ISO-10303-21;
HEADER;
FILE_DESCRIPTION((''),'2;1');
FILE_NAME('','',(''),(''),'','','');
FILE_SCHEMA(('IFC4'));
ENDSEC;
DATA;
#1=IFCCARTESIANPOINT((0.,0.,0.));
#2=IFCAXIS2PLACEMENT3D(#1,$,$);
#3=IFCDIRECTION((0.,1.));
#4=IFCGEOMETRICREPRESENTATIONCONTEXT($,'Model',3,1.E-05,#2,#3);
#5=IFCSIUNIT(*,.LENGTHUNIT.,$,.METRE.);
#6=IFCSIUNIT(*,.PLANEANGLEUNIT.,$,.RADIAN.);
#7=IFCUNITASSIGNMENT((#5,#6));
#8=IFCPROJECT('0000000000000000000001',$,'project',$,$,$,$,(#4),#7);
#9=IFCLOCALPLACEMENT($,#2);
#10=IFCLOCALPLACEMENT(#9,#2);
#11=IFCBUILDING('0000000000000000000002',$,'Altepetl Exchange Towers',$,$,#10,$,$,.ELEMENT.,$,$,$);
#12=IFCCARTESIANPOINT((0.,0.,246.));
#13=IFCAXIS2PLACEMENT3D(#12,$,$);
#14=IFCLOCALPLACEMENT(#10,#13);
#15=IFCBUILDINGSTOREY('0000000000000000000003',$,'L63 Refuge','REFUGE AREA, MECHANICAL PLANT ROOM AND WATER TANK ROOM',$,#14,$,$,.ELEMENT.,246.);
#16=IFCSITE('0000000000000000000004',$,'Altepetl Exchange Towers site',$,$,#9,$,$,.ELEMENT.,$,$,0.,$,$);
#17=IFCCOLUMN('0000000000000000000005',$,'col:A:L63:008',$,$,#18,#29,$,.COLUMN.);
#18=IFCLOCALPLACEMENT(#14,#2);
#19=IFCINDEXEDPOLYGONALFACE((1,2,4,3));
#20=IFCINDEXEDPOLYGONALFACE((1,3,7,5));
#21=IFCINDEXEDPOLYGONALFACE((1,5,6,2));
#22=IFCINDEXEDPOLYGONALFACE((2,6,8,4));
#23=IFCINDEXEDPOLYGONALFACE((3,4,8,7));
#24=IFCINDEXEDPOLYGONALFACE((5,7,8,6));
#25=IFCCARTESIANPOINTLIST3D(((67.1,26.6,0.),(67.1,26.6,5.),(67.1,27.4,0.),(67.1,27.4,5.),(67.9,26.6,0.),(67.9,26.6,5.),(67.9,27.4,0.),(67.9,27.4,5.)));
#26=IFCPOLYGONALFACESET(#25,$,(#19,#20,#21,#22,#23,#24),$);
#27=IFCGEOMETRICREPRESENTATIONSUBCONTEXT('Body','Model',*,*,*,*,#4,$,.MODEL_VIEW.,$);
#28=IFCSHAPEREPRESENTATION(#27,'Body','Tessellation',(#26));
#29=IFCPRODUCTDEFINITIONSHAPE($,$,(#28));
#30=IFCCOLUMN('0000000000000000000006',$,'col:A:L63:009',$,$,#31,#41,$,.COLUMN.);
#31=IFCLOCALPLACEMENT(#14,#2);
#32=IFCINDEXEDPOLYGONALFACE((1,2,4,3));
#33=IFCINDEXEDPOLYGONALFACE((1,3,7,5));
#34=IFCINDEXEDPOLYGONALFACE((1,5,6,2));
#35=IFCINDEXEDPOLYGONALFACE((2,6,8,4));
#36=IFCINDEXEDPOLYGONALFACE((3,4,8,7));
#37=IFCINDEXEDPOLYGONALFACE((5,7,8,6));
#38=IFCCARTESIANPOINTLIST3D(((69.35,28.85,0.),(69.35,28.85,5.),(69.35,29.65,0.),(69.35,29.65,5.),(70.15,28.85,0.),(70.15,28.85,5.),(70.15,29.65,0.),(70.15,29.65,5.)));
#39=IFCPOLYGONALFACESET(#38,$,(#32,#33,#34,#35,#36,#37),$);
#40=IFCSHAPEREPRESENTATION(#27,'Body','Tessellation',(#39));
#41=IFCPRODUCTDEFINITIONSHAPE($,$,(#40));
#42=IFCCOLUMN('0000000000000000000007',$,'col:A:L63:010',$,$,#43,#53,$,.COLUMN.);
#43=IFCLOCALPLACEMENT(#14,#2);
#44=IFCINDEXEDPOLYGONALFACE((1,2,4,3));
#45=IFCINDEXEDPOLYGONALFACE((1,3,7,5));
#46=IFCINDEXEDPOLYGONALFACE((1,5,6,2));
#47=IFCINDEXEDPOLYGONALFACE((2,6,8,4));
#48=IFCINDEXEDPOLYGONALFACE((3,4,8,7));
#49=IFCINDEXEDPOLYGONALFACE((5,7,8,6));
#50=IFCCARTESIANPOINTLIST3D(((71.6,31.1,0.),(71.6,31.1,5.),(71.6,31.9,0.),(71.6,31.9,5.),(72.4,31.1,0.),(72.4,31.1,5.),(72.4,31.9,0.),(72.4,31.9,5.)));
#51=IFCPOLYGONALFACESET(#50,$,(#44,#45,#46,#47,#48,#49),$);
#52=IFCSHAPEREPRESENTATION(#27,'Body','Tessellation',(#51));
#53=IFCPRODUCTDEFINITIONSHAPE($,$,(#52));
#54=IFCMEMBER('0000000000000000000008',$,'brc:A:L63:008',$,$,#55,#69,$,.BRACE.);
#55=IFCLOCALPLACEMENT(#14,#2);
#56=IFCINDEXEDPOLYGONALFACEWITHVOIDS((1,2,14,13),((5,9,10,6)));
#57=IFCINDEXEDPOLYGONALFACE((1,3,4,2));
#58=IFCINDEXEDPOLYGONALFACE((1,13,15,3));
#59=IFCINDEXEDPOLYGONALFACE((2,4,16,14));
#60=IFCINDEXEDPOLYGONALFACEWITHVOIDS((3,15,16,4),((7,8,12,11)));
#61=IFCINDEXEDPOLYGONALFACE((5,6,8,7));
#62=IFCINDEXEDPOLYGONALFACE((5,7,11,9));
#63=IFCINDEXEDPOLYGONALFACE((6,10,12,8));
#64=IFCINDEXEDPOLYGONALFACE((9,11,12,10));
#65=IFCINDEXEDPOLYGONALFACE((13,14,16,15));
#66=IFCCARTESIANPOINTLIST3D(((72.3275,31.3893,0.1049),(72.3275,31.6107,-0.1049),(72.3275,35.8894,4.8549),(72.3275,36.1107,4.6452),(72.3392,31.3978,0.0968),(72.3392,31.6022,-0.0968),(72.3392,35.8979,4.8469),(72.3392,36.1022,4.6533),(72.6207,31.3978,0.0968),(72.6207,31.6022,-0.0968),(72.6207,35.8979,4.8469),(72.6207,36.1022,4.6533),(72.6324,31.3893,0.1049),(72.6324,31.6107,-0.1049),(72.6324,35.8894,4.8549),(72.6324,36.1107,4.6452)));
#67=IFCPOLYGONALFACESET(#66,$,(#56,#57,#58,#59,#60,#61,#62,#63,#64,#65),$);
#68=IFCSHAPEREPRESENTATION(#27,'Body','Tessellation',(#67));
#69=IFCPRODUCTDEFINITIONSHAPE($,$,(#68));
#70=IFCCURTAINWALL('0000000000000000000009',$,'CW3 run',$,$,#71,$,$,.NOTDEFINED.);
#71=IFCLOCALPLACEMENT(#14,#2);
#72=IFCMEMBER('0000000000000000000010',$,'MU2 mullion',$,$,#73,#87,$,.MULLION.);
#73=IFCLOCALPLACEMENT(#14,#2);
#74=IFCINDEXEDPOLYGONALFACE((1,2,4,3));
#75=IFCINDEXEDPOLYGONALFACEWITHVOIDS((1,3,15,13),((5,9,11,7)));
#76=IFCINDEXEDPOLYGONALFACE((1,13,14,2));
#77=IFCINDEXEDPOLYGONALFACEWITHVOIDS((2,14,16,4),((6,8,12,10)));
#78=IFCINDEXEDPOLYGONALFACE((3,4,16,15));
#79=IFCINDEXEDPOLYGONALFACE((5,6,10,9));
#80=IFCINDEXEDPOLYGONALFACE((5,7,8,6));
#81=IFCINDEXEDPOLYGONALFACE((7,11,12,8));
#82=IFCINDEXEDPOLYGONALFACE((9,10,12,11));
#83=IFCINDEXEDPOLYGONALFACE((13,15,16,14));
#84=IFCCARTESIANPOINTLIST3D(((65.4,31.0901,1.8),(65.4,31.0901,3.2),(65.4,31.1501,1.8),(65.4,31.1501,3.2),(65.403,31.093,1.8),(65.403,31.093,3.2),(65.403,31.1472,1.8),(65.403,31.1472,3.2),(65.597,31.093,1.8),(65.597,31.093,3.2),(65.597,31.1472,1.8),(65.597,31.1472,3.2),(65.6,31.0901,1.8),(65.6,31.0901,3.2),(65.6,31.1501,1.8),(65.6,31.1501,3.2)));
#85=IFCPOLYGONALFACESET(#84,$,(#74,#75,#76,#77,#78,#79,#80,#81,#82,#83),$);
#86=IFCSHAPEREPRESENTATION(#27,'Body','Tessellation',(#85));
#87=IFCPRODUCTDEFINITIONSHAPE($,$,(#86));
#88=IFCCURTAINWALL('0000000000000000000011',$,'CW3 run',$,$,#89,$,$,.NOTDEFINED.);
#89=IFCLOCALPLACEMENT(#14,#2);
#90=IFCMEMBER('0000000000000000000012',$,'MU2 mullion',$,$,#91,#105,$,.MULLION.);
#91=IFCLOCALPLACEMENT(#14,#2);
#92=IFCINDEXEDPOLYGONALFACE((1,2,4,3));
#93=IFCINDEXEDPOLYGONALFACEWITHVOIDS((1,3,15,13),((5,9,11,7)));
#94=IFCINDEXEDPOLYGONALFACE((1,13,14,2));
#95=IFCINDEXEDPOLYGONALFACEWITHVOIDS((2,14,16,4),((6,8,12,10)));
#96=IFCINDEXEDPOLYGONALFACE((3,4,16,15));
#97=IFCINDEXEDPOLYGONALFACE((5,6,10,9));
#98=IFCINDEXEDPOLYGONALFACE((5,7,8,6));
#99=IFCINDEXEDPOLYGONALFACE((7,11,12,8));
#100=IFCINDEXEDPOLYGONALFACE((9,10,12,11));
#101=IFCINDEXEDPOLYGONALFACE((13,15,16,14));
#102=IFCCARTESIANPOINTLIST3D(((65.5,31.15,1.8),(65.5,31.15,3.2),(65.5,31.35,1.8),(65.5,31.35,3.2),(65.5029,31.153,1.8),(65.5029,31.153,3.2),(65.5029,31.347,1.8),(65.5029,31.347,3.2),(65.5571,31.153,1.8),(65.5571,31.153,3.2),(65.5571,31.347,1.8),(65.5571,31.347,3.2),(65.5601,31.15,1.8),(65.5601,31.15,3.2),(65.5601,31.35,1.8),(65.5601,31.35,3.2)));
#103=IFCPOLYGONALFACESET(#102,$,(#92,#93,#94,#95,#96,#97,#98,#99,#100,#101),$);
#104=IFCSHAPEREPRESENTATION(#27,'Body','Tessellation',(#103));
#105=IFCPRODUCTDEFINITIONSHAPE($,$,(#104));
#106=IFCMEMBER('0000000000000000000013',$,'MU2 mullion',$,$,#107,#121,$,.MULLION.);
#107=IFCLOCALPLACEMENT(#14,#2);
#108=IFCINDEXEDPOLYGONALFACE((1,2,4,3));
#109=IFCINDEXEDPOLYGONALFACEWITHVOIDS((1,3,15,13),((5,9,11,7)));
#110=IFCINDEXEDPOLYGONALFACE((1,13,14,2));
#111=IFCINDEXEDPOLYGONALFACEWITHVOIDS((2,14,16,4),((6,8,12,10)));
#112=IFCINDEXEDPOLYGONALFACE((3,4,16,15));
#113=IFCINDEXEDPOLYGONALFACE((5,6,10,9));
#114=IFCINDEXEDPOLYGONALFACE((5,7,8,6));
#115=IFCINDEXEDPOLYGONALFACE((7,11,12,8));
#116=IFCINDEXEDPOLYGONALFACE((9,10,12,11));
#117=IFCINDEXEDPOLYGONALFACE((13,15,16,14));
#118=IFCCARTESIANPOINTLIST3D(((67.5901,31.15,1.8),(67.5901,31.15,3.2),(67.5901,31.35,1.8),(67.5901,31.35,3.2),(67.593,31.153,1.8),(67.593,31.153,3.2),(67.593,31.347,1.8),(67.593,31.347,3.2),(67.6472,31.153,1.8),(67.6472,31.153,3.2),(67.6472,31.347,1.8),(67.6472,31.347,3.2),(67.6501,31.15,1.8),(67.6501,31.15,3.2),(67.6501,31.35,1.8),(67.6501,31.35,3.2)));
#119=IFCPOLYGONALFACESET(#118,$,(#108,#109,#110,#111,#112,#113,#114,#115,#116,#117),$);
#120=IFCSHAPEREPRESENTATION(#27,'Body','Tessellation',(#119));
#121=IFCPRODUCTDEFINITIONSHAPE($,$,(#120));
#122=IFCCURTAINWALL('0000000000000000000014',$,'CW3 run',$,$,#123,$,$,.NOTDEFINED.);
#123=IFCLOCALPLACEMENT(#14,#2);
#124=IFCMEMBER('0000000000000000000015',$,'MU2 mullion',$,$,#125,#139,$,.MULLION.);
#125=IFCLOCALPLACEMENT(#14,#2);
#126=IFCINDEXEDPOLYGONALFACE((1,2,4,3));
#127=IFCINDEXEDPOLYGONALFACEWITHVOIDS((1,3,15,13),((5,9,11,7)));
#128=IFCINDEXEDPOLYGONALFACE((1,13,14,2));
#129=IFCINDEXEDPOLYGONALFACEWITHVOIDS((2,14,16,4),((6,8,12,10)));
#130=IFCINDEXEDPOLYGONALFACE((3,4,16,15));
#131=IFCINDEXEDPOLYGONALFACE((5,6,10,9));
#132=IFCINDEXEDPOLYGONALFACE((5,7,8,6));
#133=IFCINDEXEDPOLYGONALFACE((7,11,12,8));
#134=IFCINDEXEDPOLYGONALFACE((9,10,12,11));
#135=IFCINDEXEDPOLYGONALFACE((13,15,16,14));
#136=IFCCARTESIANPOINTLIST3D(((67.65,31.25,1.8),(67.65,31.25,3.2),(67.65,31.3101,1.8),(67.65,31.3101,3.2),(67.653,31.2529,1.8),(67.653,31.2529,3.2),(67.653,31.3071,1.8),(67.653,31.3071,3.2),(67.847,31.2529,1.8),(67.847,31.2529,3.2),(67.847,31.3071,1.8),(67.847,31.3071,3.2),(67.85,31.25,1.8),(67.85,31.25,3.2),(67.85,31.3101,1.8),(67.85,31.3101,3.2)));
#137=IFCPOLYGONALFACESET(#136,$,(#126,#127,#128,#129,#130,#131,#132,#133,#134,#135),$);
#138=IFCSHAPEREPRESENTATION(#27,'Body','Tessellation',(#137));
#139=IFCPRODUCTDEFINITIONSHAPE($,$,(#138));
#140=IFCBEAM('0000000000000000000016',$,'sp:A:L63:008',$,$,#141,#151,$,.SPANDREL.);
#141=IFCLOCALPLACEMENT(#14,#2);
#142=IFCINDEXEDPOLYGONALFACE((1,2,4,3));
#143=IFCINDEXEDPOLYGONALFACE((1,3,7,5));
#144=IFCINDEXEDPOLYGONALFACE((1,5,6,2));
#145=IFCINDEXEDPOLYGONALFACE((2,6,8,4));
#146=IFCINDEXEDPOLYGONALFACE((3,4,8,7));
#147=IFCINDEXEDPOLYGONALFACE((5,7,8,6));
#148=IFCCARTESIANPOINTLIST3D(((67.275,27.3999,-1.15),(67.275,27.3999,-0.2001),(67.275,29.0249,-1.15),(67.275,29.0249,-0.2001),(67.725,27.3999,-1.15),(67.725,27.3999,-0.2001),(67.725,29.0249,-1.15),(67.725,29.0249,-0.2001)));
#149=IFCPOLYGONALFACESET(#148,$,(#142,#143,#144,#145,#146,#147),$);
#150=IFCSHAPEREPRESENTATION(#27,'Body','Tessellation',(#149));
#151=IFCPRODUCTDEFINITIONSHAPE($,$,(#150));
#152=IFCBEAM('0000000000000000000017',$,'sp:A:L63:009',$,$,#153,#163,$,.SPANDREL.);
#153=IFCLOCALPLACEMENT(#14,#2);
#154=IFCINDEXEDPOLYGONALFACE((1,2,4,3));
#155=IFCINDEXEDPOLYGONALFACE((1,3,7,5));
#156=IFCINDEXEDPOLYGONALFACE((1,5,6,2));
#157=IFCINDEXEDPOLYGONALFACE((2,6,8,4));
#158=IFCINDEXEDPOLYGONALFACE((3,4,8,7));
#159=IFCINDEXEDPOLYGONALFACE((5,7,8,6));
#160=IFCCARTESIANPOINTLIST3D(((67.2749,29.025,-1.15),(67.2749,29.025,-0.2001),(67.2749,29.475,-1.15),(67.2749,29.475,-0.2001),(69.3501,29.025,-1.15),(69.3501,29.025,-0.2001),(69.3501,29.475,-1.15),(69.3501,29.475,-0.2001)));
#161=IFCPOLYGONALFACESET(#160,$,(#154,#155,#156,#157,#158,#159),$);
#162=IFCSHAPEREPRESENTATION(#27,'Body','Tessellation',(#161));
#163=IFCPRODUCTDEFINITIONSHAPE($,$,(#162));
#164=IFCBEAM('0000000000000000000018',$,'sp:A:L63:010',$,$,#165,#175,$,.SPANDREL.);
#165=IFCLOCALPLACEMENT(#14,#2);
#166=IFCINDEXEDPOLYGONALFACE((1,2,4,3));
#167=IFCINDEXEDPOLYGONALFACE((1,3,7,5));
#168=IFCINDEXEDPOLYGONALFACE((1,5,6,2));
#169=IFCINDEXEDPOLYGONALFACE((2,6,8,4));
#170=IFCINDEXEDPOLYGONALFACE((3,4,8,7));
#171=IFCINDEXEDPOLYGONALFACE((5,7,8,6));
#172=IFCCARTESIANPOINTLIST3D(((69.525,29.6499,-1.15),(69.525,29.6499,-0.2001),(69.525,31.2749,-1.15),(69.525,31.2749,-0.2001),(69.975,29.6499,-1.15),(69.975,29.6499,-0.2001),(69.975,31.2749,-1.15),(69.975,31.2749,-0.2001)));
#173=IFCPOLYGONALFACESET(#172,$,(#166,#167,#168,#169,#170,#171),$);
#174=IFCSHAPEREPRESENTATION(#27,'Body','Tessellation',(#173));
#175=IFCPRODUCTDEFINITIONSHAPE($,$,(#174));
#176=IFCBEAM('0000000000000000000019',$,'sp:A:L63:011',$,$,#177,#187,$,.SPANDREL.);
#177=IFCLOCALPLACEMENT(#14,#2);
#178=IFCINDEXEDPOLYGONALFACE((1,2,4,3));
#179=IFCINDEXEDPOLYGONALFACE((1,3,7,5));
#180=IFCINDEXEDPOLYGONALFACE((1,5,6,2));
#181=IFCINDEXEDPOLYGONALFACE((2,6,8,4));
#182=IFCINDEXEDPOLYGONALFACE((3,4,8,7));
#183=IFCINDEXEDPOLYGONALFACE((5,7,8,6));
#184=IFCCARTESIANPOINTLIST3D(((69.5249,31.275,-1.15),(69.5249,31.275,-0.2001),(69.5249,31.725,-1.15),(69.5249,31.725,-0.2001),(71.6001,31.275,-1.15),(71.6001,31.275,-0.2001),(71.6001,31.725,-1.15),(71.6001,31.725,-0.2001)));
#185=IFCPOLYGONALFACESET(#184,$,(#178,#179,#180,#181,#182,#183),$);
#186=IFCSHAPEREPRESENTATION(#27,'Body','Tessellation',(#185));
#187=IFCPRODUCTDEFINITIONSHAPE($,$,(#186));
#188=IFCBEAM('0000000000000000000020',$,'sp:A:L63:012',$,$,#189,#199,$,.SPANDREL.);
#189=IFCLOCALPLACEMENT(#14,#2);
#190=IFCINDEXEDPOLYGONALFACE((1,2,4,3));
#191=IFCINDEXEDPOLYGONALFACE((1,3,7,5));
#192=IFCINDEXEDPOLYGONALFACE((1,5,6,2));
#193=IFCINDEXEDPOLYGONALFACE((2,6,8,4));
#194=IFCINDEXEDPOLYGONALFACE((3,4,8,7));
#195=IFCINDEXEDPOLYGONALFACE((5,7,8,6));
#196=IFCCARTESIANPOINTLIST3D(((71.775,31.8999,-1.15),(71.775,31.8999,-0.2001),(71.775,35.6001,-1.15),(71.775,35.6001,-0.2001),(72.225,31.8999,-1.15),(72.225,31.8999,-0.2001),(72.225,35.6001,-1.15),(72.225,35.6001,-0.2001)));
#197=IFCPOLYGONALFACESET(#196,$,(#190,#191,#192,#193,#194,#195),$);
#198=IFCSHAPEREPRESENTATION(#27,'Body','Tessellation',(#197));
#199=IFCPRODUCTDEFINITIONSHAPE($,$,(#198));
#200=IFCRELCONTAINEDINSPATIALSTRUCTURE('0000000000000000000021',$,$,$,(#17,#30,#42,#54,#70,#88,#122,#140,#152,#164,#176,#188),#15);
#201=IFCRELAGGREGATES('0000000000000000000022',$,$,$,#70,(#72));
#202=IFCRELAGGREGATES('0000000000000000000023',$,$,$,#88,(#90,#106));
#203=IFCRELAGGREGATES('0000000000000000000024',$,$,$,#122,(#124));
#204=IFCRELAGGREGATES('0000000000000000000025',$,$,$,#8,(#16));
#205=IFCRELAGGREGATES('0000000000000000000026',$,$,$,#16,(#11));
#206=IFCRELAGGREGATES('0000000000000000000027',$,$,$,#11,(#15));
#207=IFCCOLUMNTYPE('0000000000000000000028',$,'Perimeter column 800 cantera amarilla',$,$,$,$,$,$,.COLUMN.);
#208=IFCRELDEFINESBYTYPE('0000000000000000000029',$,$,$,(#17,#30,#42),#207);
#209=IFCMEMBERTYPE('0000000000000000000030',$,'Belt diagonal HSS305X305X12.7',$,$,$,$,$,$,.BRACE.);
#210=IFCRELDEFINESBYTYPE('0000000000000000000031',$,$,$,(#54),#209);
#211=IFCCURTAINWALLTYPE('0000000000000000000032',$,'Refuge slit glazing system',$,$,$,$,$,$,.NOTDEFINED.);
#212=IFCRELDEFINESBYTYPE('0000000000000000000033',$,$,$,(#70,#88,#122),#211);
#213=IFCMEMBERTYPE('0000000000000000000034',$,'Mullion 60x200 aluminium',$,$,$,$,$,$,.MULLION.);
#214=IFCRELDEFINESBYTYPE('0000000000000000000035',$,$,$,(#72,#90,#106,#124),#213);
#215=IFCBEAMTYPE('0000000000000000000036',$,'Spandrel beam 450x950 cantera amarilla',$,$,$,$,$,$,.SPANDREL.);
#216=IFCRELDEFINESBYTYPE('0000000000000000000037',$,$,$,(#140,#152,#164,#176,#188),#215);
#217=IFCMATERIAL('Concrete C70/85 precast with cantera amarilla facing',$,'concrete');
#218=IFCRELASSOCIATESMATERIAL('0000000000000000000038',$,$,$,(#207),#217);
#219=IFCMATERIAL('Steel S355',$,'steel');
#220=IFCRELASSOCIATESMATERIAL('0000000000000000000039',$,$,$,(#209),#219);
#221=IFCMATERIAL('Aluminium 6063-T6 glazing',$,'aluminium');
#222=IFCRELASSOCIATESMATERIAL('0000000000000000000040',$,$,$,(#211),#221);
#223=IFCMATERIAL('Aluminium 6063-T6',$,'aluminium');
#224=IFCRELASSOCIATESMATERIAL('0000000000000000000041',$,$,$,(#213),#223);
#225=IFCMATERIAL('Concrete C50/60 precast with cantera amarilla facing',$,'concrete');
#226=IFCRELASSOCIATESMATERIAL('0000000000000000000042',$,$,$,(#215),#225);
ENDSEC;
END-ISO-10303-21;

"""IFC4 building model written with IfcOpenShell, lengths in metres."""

from ifc_helpers import new_model, si_unit, direction, frame, origin, origin_2d, place, context, subcontext, project, spatial, rectangle, hollow_rectangle, extrude, material, material_profile, profile_set, type_object, element, aggregate, save


model = new_model("IFC4")

# Units and contexts
model_context = context("Model", 3, precision=1e-05, world=origin(), true_north=direction((0.0, 1.0)))
body_context = subcontext(model_context, "Body", "Model", "MODEL_VIEW")
ifc_project = project(units=[si_unit("LENGTHUNIT", "METRE"), si_unit("PLANEANGLEUNIT", "RADIAN")], contexts=[model_context])

# Site, building, storey
site_placement = place(None, origin())
site = spatial("IfcSite", under=ifc_project, at=site_placement, Name="Altepetl Exchange Towers site", CompositionType="ELEMENT", RefElevation=0.0)
building_placement = place(site_placement, origin())
building = spatial("IfcBuilding", under=site, at=building_placement, Name="Altepetl Exchange Towers", CompositionType="ELEMENT")
storey_placement = place(building_placement, frame((0.0, 0.0, 246.0)))
storey = spatial("IfcBuildingStorey", under=building, at=storey_placement, Name="L63 Refuge", Description="REFUGE AREA, MECHANICAL PLANT ROOM AND WATER TANK ROOM", CompositionType="ELEMENT", Elevation=246.0)

# Columns
ifc_material_1 = material(Name="Concrete C70/85 precast with cantera amarilla facing", Category="concrete")
ifc_material_profile_1 = material_profile(ifc_material_1, rectangle(XDim=0.8, YDim=0.8, at=origin_2d()), Name="800 x 800")
ifc_profile_set_1 = profile_set([ifc_material_profile_1], Name="Concrete C70/85 precast with cantera amarilla facing")
column_type = type_object("IfcColumnType", Name="Perimeter column 800 cantera amarilla", PredefinedType="COLUMN", material=ifc_profile_set_1)
for number, where, name in (
    (1, (67.5, 27.0, 0.0), "col:A:L63:008"),
    (2, (69.75, 29.25, 0.0), "col:A:L63:009"),
    (3, (72.0, 31.5, 0.0), "col:A:L63:010"),
):
    element("IfcColumn", number, at=place(storey_placement, frame(where)), inside=storey, type_object=column_type, Name=name, PredefinedType="COLUMN", context=body_context, shape_type="SweptSolid", body=[
        extrude(rectangle(XDim=0.8, YDim=0.8, at=origin_2d()), origin(), (0.0, 0.0, 1.0), 5.0),
    ])

# Member
ifc_material_2 = material(Name="Steel S355", Category="steel")
ifc_material_profile_2 = material_profile(ifc_material_2, hollow_rectangle(XDim=0.3049, YDim=0.3049, WallThickness=0.0117, at=origin_2d()), Name="HSS305X305X12.7")
ifc_profile_set_2 = profile_set([ifc_material_profile_2], Name="Steel S355")
member_type_1 = type_object("IfcMemberType", Name="Belt diagonal HSS305X305X12.7", PredefinedType="BRACE", material=ifc_profile_set_2)
member_1_placement = place(storey_placement, frame((72.48, 31.5, 0.0), z_axis=(0.0, 0.687745, 0.725953), x_axis=(-1.0, 0.0, 0.0)))
element("IfcMember", 4, at=member_1_placement, inside=storey, type_object=member_type_1, Name="brc:A:L63:008", PredefinedType="BRACE", context=body_context, shape_type="SweptSolid", body=[
    extrude(hollow_rectangle(XDim=0.3049, YDim=0.3049, WallThickness=0.0117, at=origin_2d()), origin(), (0.0, 0.0, 1.0), 6.5432),
])

# Curtain wall, member
ifc_material_3 = material(Name="Aluminium 6063-T6 glazing", Category="aluminium")
curtain_wall_type = type_object("IfcCurtainWallType", Name="Refuge slit glazing system", PredefinedType="NOTDEFINED", material=ifc_material_3)
curtain_wall_1_placement = place(storey_placement, origin())
curtain_wall_1 = element("IfcCurtainWall", 5, at=curtain_wall_1_placement, inside=storey, type_object=curtain_wall_type, Name="CW3 run", PredefinedType="NOTDEFINED")
ifc_material_4 = material(Name="Aluminium 6063-T6", Category="aluminium")
ifc_material_profile_3 = material_profile(ifc_material_4, hollow_rectangle(XDim=0.0601, YDim=0.2, WallThickness=0.0029, at=origin_2d()), Name="Mullion 60x200 aluminium")
ifc_profile_set_3 = profile_set([ifc_material_profile_3], Name="Aluminium 6063-T6")
member_type_2 = type_object("IfcMemberType", Name="Mullion 60x200 aluminium", PredefinedType="MULLION", material=ifc_profile_set_3)
member_2_placement = place(storey_placement, frame((65.5, 31.1201, 1.8), z_axis=(0.0, 0.0, 1.0), x_axis=(0.0, 1.0, 0.0)))
member_2 = element("IfcMember", 6, at=member_2_placement, type_object=member_type_2, Name="MU2 mullion", PredefinedType="MULLION", context=body_context, shape_type="SweptSolid", body=[
    extrude(hollow_rectangle(XDim=0.0601, YDim=0.2, WallThickness=0.0029, at=origin_2d()), origin(), (0.0, 0.0, 1.0), 1.3999),
])

# Curtain wall, members
curtain_wall_2_placement = place(storey_placement, origin())
curtain_wall_2 = element("IfcCurtainWall", 7, at=curtain_wall_2_placement, inside=storey, type_object=curtain_wall_type, Name="CW3 run", PredefinedType="NOTDEFINED")
member_3_placement = place(storey_placement, frame((65.53, 31.25, 1.8)))
member_3 = element("IfcMember", 8, at=member_3_placement, type_object=member_type_2, Name="MU2 mullion", PredefinedType="MULLION", context=body_context, shape_type="SweptSolid", body=[
    extrude(hollow_rectangle(XDim=0.0601, YDim=0.2, WallThickness=0.0029, at=origin_2d()), origin(), (0.0, 0.0, 1.0), 1.3999),
])
member_4_placement = place(storey_placement, frame((67.6201, 31.25, 1.8)))
member_4 = element("IfcMember", 9, at=member_4_placement, type_object=member_type_2, Name="MU2 mullion", PredefinedType="MULLION", context=body_context, shape_type="SweptSolid", body=[
    extrude(hollow_rectangle(XDim=0.0601, YDim=0.2, WallThickness=0.0029, at=origin_2d()), origin(), (0.0, 0.0, 1.0), 1.3999),
])

# Curtain wall, member
curtain_wall_3_placement = place(storey_placement, origin())
curtain_wall_3 = element("IfcCurtainWall", 10, at=curtain_wall_3_placement, inside=storey, type_object=curtain_wall_type, Name="CW3 run", PredefinedType="NOTDEFINED")
member_5_placement = place(storey_placement, frame((67.75, 31.28, 1.8), z_axis=(0.0, 0.0, 1.0), x_axis=(0.0, 1.0, 0.0)))
member_5 = element("IfcMember", 11, at=member_5_placement, type_object=member_type_2, Name="MU2 mullion", PredefinedType="MULLION", context=body_context, shape_type="SweptSolid", body=[
    extrude(hollow_rectangle(XDim=0.0601, YDim=0.2, WallThickness=0.0029, at=origin_2d()), origin(), (0.0, 0.0, 1.0), 1.3999),
])

# Beams
ifc_material_5 = material(Name="Concrete C50/60 precast with cantera amarilla facing", Category="concrete")
ifc_material_profile_4 = material_profile(ifc_material_5, rectangle(XDim=0.45, YDim=0.95, at=origin_2d()), Name="450 x 950")
ifc_profile_set_4 = profile_set([ifc_material_profile_4], Name="Concrete C50/60 precast with cantera amarilla facing")
beam_type = type_object("IfcBeamType", Name="Spandrel beam 450x950 cantera amarilla", PredefinedType="SPANDREL", material=ifc_profile_set_4)
beam_1_placement = place(storey_placement, frame((67.5, 27.3999, -0.675), z_axis=(0.0, 1.0, 0.0), x_axis=(-1.0, 0.0, 0.0)))
element("IfcBeam", 12, at=beam_1_placement, inside=storey, type_object=beam_type, Name="sp:A:L63:008", PredefinedType="SPANDREL", context=body_context, shape_type="SweptSolid", body=[
    extrude(rectangle(XDim=0.45, YDim=0.95, at=origin_2d()), origin(), (0.0, 0.0, 1.0), 1.625),
])
beam_2_placement = place(storey_placement, frame((67.2749, 29.25, -0.675), z_axis=(1.0, 0.0, 0.0), x_axis=(0.0, 1.0, 0.0)))
element("IfcBeam", 13, at=beam_2_placement, inside=storey, type_object=beam_type, Name="sp:A:L63:009", PredefinedType="SPANDREL", context=body_context, shape_type="SweptSolid", body=[
    extrude(rectangle(XDim=0.45, YDim=0.95, at=origin_2d()), origin(), (0.0, 0.0, 1.0), 2.0752),
])
beam_3_placement = place(storey_placement, frame((69.75, 29.6499, -0.675), z_axis=(0.0, 1.0, 0.0), x_axis=(-1.0, 0.0, 0.0)))
element("IfcBeam", 14, at=beam_3_placement, inside=storey, type_object=beam_type, Name="sp:A:L63:010", PredefinedType="SPANDREL", context=body_context, shape_type="SweptSolid", body=[
    extrude(rectangle(XDim=0.45, YDim=0.95, at=origin_2d()), origin(), (0.0, 0.0, 1.0), 1.625),
])
beam_4_placement = place(storey_placement, frame((69.5249, 31.5, -0.675), z_axis=(1.0, 0.0, 0.0), x_axis=(0.0, 1.0, 0.0)))
element("IfcBeam", 15, at=beam_4_placement, inside=storey, type_object=beam_type, Name="sp:A:L63:011", PredefinedType="SPANDREL", context=body_context, shape_type="SweptSolid", body=[
    extrude(rectangle(XDim=0.45, YDim=0.95, at=origin_2d()), origin(), (0.0, 0.0, 1.0), 2.0752),
])
beam_5_placement = place(storey_placement, frame((72.0, 31.8999, -0.675), z_axis=(0.0, 1.0, 0.0), x_axis=(-1.0, 0.0, 0.0)))
element("IfcBeam", 16, at=beam_5_placement, inside=storey, type_object=beam_type, Name="sp:A:L63:012", PredefinedType="SPANDREL", context=body_context, shape_type="SweptSolid", body=[
    extrude(rectangle(XDim=0.45, YDim=0.95, at=origin_2d()), origin(), (0.0, 0.0, 1.0), 3.7002),
])

aggregate(curtain_wall_1, [member_2])
aggregate(curtain_wall_2, [member_3, member_4])
aggregate(curtain_wall_3, [member_5])

save(model, "model.ifc")
